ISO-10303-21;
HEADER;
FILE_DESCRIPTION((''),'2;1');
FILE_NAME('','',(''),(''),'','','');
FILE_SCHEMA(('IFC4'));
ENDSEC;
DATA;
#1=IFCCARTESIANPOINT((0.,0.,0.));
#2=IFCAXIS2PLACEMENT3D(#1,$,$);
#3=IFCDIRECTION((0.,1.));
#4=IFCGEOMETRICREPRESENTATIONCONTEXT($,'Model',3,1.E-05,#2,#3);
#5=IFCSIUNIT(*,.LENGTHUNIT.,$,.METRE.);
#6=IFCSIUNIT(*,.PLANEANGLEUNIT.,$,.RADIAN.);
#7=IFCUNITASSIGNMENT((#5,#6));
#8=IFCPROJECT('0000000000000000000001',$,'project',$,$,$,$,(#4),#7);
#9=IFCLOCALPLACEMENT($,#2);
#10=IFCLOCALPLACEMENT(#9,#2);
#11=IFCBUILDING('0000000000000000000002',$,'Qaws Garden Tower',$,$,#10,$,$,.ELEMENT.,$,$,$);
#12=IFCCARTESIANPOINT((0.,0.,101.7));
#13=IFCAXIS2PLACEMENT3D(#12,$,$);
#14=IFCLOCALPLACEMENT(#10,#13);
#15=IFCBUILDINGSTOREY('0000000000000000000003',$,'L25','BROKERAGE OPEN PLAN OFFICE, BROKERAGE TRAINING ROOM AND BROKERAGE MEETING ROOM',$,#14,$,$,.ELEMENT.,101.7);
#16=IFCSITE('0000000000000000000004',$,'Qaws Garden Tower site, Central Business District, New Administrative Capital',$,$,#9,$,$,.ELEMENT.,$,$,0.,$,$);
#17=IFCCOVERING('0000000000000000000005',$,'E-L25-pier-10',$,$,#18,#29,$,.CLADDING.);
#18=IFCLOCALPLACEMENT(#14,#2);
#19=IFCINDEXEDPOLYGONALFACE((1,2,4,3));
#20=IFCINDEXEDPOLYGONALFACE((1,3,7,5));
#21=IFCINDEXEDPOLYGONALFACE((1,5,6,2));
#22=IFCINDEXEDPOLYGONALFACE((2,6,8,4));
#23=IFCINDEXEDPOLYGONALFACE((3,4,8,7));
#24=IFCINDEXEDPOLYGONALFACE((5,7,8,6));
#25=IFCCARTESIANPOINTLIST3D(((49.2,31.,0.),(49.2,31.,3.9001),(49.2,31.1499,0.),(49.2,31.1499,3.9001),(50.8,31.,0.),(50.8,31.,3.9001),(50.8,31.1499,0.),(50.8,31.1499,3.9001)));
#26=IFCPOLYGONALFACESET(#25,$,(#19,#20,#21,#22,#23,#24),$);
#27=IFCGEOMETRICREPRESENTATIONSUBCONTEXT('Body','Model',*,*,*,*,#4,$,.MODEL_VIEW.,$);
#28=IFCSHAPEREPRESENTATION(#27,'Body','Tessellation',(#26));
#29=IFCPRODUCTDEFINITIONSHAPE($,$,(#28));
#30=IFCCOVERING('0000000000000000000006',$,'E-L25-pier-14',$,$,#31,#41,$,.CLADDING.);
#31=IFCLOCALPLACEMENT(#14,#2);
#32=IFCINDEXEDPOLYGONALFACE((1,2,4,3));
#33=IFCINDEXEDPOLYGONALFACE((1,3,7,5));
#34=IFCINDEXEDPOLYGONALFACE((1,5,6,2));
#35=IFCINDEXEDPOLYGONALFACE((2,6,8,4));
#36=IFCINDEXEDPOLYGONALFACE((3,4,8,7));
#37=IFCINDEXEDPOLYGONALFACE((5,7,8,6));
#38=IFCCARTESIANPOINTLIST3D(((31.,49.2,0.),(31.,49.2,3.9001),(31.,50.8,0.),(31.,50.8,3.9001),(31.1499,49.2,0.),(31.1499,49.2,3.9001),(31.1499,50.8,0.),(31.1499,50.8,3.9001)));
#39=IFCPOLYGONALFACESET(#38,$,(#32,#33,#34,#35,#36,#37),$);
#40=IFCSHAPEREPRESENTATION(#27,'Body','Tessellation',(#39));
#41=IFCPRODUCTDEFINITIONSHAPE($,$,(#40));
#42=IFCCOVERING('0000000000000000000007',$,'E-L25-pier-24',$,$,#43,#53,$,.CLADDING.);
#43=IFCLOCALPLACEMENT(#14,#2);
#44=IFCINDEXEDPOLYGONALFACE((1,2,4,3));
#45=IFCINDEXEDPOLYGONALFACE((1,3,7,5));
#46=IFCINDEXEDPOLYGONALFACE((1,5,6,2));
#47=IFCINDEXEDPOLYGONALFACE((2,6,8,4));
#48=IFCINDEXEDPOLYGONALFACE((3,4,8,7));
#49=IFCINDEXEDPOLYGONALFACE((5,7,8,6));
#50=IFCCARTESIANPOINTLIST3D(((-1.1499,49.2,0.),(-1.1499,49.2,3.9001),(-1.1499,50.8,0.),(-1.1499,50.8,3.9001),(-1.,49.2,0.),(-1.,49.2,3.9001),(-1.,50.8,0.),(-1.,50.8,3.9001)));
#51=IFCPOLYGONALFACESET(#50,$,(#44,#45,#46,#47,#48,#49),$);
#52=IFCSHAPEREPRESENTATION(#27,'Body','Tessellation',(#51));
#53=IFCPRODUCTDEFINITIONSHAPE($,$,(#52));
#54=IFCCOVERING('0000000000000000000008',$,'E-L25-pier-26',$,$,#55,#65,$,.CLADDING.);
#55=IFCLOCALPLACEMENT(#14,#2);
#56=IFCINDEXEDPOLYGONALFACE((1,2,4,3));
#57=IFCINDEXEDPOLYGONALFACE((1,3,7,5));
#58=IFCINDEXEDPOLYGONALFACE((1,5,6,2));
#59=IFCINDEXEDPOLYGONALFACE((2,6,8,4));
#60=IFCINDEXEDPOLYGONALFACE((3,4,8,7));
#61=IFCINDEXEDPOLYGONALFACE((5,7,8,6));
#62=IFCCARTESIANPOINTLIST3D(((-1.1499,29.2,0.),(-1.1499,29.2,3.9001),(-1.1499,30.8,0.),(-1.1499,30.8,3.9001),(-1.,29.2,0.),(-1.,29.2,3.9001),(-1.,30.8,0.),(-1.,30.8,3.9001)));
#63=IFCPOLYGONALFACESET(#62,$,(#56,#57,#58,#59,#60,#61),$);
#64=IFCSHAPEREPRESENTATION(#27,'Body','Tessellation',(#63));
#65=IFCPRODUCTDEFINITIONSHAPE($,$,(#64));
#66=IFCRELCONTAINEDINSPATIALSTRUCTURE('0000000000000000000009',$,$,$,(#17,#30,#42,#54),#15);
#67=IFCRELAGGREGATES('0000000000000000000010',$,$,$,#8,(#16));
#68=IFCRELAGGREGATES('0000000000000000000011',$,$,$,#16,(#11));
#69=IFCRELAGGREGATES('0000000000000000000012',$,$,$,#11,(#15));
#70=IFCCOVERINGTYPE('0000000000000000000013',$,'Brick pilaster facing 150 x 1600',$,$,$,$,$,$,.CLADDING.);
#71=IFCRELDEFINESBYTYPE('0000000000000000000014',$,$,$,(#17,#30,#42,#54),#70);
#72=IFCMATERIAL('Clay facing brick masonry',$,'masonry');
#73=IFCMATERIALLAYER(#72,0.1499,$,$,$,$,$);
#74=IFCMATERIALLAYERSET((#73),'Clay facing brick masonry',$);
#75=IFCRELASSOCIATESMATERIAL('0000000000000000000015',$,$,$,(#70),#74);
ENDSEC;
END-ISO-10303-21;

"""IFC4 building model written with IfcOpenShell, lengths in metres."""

from ifc_helpers import new_model, si_unit, direction, frame, origin, place, context, subcontext, project, spatial, polyline, outline, extrude, material, layer, layer_set, type_object, element, save


model = new_model("IFC4")

# Units and contexts
model_context = context("Model", 3, precision=1e-05, world=origin(), true_north=direction((0.0, 1.0)))
body_context = subcontext(model_context, "Body", "Model", "MODEL_VIEW")
ifc_project = project(units=[si_unit("LENGTHUNIT", "METRE"), si_unit("PLANEANGLEUNIT", "RADIAN")], contexts=[model_context])

# Site, building, storey
site_placement = place(None, origin())
site = spatial("IfcSite", under=ifc_project, at=site_placement, Name="Qaws Garden Tower site, Central Business District, New Administrative Capital", CompositionType="ELEMENT", RefElevation=0.0)
building_placement = place(site_placement, origin())
building = spatial("IfcBuilding", under=site, at=building_placement, Name="Qaws Garden Tower", CompositionType="ELEMENT")
storey_placement = place(building_placement, frame((0.0, 0.0, 101.7)))
storey = spatial("IfcBuildingStorey", under=building, at=storey_placement, Name="L25", Description="BROKERAGE OPEN PLAN OFFICE, BROKERAGE TRAINING ROOM AND BROKERAGE MEETING ROOM", CompositionType="ELEMENT", Elevation=101.7)

# Shared definitions
placement = place(storey_placement, origin())

# Coverings
ifc_material_1 = material(Name="Clay facing brick masonry", Category="masonry")
ifc_layer_1 = layer(ifc_material_1, 0.1499)
ifc_layer_set_1 = layer_set([ifc_layer_1], Name="Clay facing brick masonry")
covering_type = type_object("IfcCoveringType", Name="Brick pilaster facing 150 x 1600", PredefinedType="CLADDING", material=ifc_layer_set_1)
element("IfcCovering", 1, at=placement, inside=storey, type_object=covering_type, Name="E-L25-pier-10", PredefinedType="CLADDING", context=body_context, shape_type="SweptSolid", body=[
    extrude(outline(polyline([(50.8, 31.0), (49.2, 31.0), (49.2, 31.1499), (50.8, 31.1499), (50.8, 31.0)])), origin(), (0.0, 0.0, 1.0), 3.9001),
])
element("IfcCovering", 2, at=placement, inside=storey, type_object=covering_type, Name="E-L25-pier-14", PredefinedType="CLADDING", context=body_context, shape_type="SweptSolid", body=[
    extrude(outline(polyline([(31.0, 49.2), (31.0, 50.8), (31.1499, 50.8), (31.1499, 49.2), (31.0, 49.2)])), origin(), (0.0, 0.0, 1.0), 3.9001),
])
element("IfcCovering", 3, at=placement, inside=storey, type_object=covering_type, Name="E-L25-pier-24", PredefinedType="CLADDING", context=body_context, shape_type="SweptSolid", body=[
    extrude(outline(polyline([(-1.0, 50.8), (-1.0, 49.2), (-1.1499, 49.2), (-1.1499, 50.8), (-1.0, 50.8)])), origin(), (0.0, 0.0, 1.0), 3.9001),
])
element("IfcCovering", 4, at=placement, inside=storey, type_object=covering_type, Name="E-L25-pier-26", PredefinedType="CLADDING", context=body_context, shape_type="SweptSolid", body=[
    extrude(outline(polyline([(-1.0, 30.8), (-1.0, 29.2), (-1.1499, 29.2), (-1.1499, 30.8), (-1.0, 30.8)])), origin(), (0.0, 0.0, 1.0), 3.9001),
])

save(model, "model.ifc")
